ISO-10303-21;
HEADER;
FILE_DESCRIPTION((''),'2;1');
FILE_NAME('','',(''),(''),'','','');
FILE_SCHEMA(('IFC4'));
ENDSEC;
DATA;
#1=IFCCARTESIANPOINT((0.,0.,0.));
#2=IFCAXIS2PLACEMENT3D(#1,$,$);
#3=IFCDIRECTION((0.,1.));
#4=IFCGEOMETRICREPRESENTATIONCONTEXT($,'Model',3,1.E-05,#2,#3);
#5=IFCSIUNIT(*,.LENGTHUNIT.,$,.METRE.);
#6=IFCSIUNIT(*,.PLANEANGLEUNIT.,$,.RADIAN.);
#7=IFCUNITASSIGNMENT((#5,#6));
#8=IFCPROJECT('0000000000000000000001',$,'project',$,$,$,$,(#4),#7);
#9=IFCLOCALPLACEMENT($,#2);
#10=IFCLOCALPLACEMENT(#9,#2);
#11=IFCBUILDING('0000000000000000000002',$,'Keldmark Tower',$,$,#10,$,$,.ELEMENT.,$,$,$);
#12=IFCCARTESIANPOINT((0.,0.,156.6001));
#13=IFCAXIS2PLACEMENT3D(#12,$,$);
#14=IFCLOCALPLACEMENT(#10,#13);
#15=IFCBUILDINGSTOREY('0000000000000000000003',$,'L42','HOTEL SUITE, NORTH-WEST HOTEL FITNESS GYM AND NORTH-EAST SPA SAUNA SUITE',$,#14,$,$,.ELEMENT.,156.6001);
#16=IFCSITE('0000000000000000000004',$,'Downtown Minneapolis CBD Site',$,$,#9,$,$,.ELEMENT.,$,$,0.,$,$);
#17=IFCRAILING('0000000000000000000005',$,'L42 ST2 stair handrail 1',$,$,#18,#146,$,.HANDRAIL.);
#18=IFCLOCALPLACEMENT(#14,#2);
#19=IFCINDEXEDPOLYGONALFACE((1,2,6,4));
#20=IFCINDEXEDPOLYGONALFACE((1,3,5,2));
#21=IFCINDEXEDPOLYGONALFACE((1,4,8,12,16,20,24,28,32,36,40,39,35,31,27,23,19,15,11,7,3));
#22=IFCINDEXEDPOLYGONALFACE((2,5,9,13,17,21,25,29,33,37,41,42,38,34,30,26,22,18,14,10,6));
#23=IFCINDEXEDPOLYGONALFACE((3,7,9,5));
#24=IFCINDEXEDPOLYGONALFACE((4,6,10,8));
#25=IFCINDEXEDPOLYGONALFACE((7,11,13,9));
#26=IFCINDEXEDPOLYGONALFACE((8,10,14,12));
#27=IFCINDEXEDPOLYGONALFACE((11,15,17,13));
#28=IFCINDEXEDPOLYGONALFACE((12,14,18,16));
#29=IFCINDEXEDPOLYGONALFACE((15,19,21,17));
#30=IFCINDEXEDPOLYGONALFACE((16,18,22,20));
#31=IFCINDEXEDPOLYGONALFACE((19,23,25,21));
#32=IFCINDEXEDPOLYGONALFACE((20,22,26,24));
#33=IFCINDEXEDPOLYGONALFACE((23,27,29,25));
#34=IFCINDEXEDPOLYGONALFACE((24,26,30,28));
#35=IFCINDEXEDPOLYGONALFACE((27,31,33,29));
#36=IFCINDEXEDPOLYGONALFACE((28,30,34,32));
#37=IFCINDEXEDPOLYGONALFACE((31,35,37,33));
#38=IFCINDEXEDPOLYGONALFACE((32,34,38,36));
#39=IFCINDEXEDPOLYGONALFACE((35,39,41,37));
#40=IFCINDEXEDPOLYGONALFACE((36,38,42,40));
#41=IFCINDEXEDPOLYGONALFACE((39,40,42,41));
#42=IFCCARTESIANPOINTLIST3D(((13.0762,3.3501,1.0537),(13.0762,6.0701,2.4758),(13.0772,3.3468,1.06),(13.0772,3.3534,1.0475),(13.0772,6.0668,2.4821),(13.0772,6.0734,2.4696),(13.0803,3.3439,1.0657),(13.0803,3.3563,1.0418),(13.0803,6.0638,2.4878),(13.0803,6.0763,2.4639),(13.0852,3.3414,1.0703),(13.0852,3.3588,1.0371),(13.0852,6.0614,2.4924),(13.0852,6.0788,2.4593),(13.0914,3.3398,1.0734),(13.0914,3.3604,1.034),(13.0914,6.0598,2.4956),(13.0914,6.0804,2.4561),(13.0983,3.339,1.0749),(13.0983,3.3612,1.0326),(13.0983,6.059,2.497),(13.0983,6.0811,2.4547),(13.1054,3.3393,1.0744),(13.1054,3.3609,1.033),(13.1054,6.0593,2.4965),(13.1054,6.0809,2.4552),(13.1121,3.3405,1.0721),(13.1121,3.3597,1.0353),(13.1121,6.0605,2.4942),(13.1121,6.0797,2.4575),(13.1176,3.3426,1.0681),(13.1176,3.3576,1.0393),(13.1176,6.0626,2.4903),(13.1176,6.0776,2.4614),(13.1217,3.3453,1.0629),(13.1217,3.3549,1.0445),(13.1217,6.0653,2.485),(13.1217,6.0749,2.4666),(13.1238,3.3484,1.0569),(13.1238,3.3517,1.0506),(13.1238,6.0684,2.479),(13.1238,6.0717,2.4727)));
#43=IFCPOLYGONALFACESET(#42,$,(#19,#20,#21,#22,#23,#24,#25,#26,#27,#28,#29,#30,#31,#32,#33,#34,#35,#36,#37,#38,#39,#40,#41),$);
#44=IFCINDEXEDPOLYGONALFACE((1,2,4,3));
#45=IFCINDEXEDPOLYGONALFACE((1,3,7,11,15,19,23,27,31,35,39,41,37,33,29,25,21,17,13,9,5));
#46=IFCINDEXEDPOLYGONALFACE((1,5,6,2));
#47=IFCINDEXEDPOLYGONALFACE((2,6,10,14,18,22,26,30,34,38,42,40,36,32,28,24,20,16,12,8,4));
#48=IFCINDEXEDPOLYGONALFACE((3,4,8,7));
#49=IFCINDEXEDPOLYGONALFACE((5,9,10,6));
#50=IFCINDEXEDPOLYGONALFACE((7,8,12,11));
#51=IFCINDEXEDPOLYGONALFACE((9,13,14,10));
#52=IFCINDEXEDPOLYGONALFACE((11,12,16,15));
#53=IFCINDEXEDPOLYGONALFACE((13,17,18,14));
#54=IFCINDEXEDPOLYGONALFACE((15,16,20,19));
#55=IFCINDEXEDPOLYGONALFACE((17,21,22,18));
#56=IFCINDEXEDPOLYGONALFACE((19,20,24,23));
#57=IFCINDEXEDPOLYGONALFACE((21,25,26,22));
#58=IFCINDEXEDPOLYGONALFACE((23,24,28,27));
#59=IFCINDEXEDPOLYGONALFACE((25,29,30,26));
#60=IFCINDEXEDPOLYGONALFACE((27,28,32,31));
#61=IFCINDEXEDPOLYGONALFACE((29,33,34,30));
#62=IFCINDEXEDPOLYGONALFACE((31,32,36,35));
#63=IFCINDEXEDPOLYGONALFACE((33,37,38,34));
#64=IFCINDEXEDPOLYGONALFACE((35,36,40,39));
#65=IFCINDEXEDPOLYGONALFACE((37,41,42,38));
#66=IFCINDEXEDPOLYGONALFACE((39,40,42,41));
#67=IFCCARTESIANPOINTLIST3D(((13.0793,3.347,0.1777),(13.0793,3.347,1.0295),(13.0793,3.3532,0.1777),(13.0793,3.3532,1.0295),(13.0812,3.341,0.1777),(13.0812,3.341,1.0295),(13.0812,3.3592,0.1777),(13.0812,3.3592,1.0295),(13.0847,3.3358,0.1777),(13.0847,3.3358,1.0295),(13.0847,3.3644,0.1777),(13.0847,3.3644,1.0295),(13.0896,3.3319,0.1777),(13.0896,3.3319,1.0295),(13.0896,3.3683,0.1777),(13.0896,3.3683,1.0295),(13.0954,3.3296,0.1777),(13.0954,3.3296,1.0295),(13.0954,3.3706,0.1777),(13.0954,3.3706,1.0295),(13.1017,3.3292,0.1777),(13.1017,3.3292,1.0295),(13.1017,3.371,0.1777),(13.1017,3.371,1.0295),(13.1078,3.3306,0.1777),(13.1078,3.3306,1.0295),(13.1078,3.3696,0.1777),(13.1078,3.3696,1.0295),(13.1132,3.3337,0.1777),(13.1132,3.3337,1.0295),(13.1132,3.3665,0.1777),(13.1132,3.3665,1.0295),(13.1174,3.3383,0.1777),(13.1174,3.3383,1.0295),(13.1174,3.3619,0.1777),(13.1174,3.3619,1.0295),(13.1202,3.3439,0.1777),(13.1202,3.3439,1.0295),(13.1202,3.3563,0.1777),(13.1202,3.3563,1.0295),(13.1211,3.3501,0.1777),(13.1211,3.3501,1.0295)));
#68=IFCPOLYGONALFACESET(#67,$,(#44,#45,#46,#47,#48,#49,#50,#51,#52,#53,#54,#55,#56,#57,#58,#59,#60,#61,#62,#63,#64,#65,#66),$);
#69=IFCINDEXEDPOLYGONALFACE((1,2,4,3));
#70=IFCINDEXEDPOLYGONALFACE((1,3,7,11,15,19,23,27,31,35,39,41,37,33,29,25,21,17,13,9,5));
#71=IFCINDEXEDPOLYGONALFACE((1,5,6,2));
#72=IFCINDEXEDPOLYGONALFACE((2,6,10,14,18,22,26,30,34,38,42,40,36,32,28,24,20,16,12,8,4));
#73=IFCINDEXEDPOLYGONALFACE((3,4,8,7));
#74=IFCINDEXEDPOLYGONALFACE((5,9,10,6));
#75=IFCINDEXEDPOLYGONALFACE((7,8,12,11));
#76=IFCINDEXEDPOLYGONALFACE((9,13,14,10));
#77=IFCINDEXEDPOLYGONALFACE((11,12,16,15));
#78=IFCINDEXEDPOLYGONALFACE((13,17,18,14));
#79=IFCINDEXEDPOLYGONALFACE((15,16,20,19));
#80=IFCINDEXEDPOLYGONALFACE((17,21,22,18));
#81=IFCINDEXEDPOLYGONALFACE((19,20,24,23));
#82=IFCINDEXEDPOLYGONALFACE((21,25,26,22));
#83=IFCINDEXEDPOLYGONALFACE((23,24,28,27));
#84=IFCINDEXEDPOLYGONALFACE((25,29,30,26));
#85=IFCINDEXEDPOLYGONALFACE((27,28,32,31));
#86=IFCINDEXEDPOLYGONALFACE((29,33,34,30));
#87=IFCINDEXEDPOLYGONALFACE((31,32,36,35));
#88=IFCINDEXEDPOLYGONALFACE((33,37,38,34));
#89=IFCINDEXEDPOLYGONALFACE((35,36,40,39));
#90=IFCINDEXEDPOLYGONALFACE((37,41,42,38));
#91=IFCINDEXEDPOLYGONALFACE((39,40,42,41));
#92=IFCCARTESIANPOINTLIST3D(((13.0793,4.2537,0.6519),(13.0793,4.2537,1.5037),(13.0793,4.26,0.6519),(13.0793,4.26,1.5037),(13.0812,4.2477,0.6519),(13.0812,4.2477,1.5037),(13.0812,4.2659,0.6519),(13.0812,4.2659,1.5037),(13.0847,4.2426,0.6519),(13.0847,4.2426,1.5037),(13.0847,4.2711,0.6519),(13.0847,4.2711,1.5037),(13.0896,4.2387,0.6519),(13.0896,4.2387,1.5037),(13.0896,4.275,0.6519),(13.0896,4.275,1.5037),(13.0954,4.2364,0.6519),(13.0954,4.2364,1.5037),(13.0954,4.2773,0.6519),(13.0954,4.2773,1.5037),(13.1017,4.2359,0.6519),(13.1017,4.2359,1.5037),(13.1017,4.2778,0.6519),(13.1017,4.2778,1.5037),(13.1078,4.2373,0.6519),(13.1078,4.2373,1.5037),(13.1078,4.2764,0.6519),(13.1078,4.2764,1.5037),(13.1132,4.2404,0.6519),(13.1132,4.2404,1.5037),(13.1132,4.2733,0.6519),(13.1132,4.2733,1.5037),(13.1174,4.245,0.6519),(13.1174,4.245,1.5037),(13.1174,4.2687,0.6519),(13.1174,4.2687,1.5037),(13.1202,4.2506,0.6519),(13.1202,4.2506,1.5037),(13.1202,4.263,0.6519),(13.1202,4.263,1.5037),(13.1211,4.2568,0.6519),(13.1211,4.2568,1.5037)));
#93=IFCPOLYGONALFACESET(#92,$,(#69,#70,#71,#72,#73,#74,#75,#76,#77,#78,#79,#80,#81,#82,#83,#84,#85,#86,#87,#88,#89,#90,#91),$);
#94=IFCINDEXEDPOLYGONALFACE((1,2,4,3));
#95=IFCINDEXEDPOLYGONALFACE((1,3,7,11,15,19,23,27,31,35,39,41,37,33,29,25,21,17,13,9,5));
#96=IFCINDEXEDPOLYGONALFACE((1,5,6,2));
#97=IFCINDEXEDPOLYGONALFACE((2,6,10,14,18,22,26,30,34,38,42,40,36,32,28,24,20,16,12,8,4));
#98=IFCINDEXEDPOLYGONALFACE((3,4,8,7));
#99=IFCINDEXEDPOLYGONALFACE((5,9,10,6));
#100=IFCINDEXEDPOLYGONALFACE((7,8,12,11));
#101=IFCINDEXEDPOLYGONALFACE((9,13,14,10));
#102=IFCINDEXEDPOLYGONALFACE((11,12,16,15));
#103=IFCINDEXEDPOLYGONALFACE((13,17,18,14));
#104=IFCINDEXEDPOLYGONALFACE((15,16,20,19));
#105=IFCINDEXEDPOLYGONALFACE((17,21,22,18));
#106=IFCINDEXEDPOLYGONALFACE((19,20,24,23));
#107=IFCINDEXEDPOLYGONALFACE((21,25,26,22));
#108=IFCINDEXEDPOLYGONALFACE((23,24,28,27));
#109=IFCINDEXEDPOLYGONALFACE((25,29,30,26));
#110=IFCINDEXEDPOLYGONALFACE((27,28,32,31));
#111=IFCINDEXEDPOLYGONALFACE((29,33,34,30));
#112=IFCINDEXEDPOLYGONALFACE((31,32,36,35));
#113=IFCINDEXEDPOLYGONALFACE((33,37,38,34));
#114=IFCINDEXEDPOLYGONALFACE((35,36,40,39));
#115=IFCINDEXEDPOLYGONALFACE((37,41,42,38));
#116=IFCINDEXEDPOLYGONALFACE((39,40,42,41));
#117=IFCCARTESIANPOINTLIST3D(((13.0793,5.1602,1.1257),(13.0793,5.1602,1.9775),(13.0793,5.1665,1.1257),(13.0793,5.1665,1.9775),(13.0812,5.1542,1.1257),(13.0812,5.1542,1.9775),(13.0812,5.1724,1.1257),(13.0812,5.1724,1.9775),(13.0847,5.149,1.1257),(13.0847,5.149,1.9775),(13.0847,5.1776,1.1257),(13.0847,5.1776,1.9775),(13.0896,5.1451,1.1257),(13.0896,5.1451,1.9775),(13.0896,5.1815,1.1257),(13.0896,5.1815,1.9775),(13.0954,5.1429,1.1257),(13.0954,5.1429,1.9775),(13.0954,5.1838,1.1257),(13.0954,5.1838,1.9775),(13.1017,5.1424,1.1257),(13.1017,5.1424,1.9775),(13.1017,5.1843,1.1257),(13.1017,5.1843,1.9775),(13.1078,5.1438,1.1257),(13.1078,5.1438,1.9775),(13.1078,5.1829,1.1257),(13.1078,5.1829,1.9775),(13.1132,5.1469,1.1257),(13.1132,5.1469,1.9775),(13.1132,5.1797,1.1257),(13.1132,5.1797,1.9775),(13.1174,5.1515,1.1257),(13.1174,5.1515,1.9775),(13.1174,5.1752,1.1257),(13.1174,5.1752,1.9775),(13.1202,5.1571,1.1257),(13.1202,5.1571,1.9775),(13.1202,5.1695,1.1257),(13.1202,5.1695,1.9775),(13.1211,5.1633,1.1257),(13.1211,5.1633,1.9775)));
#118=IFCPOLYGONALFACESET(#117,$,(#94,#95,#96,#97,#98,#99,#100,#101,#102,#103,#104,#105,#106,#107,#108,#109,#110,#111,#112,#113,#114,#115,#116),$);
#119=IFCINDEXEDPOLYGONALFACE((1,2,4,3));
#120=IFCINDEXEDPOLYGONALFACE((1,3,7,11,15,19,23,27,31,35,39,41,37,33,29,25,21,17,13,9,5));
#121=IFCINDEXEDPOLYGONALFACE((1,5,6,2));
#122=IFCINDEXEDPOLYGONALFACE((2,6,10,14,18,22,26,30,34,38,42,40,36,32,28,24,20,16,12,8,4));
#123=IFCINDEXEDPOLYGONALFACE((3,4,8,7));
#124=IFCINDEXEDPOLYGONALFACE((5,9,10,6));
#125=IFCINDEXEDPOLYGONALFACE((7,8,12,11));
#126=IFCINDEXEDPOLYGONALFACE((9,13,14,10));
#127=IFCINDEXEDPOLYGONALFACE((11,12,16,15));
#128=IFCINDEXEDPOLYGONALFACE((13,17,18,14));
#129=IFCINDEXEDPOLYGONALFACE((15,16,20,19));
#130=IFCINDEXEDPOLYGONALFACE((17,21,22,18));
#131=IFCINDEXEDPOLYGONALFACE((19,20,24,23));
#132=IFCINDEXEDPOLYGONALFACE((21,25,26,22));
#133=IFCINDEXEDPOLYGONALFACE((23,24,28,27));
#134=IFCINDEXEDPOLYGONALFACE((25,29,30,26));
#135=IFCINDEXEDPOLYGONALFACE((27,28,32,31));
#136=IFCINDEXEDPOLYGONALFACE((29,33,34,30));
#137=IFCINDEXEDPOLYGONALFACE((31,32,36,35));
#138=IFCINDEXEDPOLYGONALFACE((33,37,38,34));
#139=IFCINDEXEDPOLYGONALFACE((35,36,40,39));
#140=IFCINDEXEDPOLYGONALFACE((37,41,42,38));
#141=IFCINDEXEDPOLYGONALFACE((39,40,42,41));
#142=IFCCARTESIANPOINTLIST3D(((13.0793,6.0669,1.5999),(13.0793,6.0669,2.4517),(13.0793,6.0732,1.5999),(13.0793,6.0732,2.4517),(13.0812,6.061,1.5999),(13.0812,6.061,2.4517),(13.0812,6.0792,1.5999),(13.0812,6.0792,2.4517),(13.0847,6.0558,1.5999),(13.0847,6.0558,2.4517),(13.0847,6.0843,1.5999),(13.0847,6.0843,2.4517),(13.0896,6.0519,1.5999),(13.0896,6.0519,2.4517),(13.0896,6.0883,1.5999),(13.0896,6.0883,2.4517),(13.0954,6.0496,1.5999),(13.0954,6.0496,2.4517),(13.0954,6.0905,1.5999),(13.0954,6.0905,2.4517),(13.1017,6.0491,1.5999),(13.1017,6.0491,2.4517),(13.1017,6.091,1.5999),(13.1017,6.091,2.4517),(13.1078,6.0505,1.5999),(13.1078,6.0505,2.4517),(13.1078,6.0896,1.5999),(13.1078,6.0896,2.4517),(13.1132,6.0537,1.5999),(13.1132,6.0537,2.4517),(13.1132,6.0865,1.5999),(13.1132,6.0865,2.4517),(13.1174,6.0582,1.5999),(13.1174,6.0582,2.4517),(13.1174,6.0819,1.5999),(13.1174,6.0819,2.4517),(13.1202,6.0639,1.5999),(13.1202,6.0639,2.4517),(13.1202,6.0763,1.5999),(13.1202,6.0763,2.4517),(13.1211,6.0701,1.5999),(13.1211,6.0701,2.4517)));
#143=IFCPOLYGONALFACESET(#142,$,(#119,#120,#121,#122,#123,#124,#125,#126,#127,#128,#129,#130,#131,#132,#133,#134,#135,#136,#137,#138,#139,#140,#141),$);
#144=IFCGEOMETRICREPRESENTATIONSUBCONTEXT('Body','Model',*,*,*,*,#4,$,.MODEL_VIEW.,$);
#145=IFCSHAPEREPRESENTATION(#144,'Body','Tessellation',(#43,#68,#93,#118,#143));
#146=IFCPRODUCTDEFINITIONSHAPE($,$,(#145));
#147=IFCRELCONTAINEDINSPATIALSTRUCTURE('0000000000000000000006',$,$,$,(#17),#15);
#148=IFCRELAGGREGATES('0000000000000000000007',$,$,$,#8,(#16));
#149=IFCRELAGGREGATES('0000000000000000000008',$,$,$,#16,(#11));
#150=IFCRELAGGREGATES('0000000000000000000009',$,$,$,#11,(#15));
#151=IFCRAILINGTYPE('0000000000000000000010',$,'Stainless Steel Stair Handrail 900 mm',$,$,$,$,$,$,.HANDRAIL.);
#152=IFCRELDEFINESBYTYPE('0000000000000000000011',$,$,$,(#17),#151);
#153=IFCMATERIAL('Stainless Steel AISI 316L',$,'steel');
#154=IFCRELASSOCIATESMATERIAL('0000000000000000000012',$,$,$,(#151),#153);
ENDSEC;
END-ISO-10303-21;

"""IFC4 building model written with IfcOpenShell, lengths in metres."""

from ifc_helpers import new_model, si_unit, direction, frame, origin, origin_2d, place, context, subcontext, project, spatial, circle, extrude, material, type_object, element, save


model = new_model("IFC4")

# Units and contexts
model_context = context("Model", 3, precision=1e-05, world=origin(), true_north=direction((0.0, 1.0)))
body_context = subcontext(model_context, "Body", "Model", "MODEL_VIEW")
ifc_project = project(units=[si_unit("LENGTHUNIT", "METRE"), si_unit("PLANEANGLEUNIT", "RADIAN")], contexts=[model_context])

# Site, building, storey
site_placement = place(None, origin())
site = spatial("IfcSite", under=ifc_project, at=site_placement, Name="Downtown Minneapolis CBD Site", CompositionType="ELEMENT", RefElevation=0.0)
building_placement = place(site_placement, origin())
building = spatial("IfcBuilding", under=site, at=building_placement, Name="Keldmark Tower", CompositionType="ELEMENT")
storey_placement = place(building_placement, frame((0.0, 0.0, 156.6001)))
storey = spatial("IfcBuildingStorey", under=building, at=storey_placement, Name="L42", Description="HOTEL SUITE, NORTH-WEST HOTEL FITNESS GYM AND NORTH-EAST SPA SAUNA SUITE", CompositionType="ELEMENT", Elevation=156.6001)

# Railing
ifc_material_1 = material(Name="Stainless Steel AISI 316L", Category="steel")
railing_type_1 = type_object("IfcRailingType", Name="Stainless Steel Stair Handrail 900 mm", PredefinedType="HANDRAIL", material=ifc_material_1)
railing_1_placement = place(storey_placement, frame((13.1001, 3.3501, 0.1777)))
element("IfcRailing", 1, at=railing_1_placement, inside=storey, type_object=railing_type_1, Name="L42 ST2 stair handrail 1", PredefinedType="HANDRAIL", context=body_context, shape_type="SweptSolid", body=[
    extrude(circle(Radius=0.0239, at=origin_2d()), frame((0.0, 0.0, 0.876), z_axis=(0.0, 0.886183, 0.463335), x_axis=(-1.0, 0.0, 0.0)), (0.0, 0.0, 1.0), 3.0693),
    extrude(circle(Radius=0.021, at=origin_2d()), origin(), (0.0, 0.0, 1.0), 0.8518),
    extrude(circle(Radius=0.021, at=origin_2d()), frame((0.0, 0.9067, 0.4741)), (0.0, 0.0, 1.0), 0.8518),
    extrude(circle(Radius=0.021, at=origin_2d()), frame((0.0, 1.8132, 0.948)), (0.0, 0.0, 1.0), 0.8518),
    extrude(circle(Radius=0.021, at=origin_2d()), frame((0.0, 2.72, 1.4221)), (0.0, 0.0, 1.0), 0.8518),
])

save(model, "model.ifc")
